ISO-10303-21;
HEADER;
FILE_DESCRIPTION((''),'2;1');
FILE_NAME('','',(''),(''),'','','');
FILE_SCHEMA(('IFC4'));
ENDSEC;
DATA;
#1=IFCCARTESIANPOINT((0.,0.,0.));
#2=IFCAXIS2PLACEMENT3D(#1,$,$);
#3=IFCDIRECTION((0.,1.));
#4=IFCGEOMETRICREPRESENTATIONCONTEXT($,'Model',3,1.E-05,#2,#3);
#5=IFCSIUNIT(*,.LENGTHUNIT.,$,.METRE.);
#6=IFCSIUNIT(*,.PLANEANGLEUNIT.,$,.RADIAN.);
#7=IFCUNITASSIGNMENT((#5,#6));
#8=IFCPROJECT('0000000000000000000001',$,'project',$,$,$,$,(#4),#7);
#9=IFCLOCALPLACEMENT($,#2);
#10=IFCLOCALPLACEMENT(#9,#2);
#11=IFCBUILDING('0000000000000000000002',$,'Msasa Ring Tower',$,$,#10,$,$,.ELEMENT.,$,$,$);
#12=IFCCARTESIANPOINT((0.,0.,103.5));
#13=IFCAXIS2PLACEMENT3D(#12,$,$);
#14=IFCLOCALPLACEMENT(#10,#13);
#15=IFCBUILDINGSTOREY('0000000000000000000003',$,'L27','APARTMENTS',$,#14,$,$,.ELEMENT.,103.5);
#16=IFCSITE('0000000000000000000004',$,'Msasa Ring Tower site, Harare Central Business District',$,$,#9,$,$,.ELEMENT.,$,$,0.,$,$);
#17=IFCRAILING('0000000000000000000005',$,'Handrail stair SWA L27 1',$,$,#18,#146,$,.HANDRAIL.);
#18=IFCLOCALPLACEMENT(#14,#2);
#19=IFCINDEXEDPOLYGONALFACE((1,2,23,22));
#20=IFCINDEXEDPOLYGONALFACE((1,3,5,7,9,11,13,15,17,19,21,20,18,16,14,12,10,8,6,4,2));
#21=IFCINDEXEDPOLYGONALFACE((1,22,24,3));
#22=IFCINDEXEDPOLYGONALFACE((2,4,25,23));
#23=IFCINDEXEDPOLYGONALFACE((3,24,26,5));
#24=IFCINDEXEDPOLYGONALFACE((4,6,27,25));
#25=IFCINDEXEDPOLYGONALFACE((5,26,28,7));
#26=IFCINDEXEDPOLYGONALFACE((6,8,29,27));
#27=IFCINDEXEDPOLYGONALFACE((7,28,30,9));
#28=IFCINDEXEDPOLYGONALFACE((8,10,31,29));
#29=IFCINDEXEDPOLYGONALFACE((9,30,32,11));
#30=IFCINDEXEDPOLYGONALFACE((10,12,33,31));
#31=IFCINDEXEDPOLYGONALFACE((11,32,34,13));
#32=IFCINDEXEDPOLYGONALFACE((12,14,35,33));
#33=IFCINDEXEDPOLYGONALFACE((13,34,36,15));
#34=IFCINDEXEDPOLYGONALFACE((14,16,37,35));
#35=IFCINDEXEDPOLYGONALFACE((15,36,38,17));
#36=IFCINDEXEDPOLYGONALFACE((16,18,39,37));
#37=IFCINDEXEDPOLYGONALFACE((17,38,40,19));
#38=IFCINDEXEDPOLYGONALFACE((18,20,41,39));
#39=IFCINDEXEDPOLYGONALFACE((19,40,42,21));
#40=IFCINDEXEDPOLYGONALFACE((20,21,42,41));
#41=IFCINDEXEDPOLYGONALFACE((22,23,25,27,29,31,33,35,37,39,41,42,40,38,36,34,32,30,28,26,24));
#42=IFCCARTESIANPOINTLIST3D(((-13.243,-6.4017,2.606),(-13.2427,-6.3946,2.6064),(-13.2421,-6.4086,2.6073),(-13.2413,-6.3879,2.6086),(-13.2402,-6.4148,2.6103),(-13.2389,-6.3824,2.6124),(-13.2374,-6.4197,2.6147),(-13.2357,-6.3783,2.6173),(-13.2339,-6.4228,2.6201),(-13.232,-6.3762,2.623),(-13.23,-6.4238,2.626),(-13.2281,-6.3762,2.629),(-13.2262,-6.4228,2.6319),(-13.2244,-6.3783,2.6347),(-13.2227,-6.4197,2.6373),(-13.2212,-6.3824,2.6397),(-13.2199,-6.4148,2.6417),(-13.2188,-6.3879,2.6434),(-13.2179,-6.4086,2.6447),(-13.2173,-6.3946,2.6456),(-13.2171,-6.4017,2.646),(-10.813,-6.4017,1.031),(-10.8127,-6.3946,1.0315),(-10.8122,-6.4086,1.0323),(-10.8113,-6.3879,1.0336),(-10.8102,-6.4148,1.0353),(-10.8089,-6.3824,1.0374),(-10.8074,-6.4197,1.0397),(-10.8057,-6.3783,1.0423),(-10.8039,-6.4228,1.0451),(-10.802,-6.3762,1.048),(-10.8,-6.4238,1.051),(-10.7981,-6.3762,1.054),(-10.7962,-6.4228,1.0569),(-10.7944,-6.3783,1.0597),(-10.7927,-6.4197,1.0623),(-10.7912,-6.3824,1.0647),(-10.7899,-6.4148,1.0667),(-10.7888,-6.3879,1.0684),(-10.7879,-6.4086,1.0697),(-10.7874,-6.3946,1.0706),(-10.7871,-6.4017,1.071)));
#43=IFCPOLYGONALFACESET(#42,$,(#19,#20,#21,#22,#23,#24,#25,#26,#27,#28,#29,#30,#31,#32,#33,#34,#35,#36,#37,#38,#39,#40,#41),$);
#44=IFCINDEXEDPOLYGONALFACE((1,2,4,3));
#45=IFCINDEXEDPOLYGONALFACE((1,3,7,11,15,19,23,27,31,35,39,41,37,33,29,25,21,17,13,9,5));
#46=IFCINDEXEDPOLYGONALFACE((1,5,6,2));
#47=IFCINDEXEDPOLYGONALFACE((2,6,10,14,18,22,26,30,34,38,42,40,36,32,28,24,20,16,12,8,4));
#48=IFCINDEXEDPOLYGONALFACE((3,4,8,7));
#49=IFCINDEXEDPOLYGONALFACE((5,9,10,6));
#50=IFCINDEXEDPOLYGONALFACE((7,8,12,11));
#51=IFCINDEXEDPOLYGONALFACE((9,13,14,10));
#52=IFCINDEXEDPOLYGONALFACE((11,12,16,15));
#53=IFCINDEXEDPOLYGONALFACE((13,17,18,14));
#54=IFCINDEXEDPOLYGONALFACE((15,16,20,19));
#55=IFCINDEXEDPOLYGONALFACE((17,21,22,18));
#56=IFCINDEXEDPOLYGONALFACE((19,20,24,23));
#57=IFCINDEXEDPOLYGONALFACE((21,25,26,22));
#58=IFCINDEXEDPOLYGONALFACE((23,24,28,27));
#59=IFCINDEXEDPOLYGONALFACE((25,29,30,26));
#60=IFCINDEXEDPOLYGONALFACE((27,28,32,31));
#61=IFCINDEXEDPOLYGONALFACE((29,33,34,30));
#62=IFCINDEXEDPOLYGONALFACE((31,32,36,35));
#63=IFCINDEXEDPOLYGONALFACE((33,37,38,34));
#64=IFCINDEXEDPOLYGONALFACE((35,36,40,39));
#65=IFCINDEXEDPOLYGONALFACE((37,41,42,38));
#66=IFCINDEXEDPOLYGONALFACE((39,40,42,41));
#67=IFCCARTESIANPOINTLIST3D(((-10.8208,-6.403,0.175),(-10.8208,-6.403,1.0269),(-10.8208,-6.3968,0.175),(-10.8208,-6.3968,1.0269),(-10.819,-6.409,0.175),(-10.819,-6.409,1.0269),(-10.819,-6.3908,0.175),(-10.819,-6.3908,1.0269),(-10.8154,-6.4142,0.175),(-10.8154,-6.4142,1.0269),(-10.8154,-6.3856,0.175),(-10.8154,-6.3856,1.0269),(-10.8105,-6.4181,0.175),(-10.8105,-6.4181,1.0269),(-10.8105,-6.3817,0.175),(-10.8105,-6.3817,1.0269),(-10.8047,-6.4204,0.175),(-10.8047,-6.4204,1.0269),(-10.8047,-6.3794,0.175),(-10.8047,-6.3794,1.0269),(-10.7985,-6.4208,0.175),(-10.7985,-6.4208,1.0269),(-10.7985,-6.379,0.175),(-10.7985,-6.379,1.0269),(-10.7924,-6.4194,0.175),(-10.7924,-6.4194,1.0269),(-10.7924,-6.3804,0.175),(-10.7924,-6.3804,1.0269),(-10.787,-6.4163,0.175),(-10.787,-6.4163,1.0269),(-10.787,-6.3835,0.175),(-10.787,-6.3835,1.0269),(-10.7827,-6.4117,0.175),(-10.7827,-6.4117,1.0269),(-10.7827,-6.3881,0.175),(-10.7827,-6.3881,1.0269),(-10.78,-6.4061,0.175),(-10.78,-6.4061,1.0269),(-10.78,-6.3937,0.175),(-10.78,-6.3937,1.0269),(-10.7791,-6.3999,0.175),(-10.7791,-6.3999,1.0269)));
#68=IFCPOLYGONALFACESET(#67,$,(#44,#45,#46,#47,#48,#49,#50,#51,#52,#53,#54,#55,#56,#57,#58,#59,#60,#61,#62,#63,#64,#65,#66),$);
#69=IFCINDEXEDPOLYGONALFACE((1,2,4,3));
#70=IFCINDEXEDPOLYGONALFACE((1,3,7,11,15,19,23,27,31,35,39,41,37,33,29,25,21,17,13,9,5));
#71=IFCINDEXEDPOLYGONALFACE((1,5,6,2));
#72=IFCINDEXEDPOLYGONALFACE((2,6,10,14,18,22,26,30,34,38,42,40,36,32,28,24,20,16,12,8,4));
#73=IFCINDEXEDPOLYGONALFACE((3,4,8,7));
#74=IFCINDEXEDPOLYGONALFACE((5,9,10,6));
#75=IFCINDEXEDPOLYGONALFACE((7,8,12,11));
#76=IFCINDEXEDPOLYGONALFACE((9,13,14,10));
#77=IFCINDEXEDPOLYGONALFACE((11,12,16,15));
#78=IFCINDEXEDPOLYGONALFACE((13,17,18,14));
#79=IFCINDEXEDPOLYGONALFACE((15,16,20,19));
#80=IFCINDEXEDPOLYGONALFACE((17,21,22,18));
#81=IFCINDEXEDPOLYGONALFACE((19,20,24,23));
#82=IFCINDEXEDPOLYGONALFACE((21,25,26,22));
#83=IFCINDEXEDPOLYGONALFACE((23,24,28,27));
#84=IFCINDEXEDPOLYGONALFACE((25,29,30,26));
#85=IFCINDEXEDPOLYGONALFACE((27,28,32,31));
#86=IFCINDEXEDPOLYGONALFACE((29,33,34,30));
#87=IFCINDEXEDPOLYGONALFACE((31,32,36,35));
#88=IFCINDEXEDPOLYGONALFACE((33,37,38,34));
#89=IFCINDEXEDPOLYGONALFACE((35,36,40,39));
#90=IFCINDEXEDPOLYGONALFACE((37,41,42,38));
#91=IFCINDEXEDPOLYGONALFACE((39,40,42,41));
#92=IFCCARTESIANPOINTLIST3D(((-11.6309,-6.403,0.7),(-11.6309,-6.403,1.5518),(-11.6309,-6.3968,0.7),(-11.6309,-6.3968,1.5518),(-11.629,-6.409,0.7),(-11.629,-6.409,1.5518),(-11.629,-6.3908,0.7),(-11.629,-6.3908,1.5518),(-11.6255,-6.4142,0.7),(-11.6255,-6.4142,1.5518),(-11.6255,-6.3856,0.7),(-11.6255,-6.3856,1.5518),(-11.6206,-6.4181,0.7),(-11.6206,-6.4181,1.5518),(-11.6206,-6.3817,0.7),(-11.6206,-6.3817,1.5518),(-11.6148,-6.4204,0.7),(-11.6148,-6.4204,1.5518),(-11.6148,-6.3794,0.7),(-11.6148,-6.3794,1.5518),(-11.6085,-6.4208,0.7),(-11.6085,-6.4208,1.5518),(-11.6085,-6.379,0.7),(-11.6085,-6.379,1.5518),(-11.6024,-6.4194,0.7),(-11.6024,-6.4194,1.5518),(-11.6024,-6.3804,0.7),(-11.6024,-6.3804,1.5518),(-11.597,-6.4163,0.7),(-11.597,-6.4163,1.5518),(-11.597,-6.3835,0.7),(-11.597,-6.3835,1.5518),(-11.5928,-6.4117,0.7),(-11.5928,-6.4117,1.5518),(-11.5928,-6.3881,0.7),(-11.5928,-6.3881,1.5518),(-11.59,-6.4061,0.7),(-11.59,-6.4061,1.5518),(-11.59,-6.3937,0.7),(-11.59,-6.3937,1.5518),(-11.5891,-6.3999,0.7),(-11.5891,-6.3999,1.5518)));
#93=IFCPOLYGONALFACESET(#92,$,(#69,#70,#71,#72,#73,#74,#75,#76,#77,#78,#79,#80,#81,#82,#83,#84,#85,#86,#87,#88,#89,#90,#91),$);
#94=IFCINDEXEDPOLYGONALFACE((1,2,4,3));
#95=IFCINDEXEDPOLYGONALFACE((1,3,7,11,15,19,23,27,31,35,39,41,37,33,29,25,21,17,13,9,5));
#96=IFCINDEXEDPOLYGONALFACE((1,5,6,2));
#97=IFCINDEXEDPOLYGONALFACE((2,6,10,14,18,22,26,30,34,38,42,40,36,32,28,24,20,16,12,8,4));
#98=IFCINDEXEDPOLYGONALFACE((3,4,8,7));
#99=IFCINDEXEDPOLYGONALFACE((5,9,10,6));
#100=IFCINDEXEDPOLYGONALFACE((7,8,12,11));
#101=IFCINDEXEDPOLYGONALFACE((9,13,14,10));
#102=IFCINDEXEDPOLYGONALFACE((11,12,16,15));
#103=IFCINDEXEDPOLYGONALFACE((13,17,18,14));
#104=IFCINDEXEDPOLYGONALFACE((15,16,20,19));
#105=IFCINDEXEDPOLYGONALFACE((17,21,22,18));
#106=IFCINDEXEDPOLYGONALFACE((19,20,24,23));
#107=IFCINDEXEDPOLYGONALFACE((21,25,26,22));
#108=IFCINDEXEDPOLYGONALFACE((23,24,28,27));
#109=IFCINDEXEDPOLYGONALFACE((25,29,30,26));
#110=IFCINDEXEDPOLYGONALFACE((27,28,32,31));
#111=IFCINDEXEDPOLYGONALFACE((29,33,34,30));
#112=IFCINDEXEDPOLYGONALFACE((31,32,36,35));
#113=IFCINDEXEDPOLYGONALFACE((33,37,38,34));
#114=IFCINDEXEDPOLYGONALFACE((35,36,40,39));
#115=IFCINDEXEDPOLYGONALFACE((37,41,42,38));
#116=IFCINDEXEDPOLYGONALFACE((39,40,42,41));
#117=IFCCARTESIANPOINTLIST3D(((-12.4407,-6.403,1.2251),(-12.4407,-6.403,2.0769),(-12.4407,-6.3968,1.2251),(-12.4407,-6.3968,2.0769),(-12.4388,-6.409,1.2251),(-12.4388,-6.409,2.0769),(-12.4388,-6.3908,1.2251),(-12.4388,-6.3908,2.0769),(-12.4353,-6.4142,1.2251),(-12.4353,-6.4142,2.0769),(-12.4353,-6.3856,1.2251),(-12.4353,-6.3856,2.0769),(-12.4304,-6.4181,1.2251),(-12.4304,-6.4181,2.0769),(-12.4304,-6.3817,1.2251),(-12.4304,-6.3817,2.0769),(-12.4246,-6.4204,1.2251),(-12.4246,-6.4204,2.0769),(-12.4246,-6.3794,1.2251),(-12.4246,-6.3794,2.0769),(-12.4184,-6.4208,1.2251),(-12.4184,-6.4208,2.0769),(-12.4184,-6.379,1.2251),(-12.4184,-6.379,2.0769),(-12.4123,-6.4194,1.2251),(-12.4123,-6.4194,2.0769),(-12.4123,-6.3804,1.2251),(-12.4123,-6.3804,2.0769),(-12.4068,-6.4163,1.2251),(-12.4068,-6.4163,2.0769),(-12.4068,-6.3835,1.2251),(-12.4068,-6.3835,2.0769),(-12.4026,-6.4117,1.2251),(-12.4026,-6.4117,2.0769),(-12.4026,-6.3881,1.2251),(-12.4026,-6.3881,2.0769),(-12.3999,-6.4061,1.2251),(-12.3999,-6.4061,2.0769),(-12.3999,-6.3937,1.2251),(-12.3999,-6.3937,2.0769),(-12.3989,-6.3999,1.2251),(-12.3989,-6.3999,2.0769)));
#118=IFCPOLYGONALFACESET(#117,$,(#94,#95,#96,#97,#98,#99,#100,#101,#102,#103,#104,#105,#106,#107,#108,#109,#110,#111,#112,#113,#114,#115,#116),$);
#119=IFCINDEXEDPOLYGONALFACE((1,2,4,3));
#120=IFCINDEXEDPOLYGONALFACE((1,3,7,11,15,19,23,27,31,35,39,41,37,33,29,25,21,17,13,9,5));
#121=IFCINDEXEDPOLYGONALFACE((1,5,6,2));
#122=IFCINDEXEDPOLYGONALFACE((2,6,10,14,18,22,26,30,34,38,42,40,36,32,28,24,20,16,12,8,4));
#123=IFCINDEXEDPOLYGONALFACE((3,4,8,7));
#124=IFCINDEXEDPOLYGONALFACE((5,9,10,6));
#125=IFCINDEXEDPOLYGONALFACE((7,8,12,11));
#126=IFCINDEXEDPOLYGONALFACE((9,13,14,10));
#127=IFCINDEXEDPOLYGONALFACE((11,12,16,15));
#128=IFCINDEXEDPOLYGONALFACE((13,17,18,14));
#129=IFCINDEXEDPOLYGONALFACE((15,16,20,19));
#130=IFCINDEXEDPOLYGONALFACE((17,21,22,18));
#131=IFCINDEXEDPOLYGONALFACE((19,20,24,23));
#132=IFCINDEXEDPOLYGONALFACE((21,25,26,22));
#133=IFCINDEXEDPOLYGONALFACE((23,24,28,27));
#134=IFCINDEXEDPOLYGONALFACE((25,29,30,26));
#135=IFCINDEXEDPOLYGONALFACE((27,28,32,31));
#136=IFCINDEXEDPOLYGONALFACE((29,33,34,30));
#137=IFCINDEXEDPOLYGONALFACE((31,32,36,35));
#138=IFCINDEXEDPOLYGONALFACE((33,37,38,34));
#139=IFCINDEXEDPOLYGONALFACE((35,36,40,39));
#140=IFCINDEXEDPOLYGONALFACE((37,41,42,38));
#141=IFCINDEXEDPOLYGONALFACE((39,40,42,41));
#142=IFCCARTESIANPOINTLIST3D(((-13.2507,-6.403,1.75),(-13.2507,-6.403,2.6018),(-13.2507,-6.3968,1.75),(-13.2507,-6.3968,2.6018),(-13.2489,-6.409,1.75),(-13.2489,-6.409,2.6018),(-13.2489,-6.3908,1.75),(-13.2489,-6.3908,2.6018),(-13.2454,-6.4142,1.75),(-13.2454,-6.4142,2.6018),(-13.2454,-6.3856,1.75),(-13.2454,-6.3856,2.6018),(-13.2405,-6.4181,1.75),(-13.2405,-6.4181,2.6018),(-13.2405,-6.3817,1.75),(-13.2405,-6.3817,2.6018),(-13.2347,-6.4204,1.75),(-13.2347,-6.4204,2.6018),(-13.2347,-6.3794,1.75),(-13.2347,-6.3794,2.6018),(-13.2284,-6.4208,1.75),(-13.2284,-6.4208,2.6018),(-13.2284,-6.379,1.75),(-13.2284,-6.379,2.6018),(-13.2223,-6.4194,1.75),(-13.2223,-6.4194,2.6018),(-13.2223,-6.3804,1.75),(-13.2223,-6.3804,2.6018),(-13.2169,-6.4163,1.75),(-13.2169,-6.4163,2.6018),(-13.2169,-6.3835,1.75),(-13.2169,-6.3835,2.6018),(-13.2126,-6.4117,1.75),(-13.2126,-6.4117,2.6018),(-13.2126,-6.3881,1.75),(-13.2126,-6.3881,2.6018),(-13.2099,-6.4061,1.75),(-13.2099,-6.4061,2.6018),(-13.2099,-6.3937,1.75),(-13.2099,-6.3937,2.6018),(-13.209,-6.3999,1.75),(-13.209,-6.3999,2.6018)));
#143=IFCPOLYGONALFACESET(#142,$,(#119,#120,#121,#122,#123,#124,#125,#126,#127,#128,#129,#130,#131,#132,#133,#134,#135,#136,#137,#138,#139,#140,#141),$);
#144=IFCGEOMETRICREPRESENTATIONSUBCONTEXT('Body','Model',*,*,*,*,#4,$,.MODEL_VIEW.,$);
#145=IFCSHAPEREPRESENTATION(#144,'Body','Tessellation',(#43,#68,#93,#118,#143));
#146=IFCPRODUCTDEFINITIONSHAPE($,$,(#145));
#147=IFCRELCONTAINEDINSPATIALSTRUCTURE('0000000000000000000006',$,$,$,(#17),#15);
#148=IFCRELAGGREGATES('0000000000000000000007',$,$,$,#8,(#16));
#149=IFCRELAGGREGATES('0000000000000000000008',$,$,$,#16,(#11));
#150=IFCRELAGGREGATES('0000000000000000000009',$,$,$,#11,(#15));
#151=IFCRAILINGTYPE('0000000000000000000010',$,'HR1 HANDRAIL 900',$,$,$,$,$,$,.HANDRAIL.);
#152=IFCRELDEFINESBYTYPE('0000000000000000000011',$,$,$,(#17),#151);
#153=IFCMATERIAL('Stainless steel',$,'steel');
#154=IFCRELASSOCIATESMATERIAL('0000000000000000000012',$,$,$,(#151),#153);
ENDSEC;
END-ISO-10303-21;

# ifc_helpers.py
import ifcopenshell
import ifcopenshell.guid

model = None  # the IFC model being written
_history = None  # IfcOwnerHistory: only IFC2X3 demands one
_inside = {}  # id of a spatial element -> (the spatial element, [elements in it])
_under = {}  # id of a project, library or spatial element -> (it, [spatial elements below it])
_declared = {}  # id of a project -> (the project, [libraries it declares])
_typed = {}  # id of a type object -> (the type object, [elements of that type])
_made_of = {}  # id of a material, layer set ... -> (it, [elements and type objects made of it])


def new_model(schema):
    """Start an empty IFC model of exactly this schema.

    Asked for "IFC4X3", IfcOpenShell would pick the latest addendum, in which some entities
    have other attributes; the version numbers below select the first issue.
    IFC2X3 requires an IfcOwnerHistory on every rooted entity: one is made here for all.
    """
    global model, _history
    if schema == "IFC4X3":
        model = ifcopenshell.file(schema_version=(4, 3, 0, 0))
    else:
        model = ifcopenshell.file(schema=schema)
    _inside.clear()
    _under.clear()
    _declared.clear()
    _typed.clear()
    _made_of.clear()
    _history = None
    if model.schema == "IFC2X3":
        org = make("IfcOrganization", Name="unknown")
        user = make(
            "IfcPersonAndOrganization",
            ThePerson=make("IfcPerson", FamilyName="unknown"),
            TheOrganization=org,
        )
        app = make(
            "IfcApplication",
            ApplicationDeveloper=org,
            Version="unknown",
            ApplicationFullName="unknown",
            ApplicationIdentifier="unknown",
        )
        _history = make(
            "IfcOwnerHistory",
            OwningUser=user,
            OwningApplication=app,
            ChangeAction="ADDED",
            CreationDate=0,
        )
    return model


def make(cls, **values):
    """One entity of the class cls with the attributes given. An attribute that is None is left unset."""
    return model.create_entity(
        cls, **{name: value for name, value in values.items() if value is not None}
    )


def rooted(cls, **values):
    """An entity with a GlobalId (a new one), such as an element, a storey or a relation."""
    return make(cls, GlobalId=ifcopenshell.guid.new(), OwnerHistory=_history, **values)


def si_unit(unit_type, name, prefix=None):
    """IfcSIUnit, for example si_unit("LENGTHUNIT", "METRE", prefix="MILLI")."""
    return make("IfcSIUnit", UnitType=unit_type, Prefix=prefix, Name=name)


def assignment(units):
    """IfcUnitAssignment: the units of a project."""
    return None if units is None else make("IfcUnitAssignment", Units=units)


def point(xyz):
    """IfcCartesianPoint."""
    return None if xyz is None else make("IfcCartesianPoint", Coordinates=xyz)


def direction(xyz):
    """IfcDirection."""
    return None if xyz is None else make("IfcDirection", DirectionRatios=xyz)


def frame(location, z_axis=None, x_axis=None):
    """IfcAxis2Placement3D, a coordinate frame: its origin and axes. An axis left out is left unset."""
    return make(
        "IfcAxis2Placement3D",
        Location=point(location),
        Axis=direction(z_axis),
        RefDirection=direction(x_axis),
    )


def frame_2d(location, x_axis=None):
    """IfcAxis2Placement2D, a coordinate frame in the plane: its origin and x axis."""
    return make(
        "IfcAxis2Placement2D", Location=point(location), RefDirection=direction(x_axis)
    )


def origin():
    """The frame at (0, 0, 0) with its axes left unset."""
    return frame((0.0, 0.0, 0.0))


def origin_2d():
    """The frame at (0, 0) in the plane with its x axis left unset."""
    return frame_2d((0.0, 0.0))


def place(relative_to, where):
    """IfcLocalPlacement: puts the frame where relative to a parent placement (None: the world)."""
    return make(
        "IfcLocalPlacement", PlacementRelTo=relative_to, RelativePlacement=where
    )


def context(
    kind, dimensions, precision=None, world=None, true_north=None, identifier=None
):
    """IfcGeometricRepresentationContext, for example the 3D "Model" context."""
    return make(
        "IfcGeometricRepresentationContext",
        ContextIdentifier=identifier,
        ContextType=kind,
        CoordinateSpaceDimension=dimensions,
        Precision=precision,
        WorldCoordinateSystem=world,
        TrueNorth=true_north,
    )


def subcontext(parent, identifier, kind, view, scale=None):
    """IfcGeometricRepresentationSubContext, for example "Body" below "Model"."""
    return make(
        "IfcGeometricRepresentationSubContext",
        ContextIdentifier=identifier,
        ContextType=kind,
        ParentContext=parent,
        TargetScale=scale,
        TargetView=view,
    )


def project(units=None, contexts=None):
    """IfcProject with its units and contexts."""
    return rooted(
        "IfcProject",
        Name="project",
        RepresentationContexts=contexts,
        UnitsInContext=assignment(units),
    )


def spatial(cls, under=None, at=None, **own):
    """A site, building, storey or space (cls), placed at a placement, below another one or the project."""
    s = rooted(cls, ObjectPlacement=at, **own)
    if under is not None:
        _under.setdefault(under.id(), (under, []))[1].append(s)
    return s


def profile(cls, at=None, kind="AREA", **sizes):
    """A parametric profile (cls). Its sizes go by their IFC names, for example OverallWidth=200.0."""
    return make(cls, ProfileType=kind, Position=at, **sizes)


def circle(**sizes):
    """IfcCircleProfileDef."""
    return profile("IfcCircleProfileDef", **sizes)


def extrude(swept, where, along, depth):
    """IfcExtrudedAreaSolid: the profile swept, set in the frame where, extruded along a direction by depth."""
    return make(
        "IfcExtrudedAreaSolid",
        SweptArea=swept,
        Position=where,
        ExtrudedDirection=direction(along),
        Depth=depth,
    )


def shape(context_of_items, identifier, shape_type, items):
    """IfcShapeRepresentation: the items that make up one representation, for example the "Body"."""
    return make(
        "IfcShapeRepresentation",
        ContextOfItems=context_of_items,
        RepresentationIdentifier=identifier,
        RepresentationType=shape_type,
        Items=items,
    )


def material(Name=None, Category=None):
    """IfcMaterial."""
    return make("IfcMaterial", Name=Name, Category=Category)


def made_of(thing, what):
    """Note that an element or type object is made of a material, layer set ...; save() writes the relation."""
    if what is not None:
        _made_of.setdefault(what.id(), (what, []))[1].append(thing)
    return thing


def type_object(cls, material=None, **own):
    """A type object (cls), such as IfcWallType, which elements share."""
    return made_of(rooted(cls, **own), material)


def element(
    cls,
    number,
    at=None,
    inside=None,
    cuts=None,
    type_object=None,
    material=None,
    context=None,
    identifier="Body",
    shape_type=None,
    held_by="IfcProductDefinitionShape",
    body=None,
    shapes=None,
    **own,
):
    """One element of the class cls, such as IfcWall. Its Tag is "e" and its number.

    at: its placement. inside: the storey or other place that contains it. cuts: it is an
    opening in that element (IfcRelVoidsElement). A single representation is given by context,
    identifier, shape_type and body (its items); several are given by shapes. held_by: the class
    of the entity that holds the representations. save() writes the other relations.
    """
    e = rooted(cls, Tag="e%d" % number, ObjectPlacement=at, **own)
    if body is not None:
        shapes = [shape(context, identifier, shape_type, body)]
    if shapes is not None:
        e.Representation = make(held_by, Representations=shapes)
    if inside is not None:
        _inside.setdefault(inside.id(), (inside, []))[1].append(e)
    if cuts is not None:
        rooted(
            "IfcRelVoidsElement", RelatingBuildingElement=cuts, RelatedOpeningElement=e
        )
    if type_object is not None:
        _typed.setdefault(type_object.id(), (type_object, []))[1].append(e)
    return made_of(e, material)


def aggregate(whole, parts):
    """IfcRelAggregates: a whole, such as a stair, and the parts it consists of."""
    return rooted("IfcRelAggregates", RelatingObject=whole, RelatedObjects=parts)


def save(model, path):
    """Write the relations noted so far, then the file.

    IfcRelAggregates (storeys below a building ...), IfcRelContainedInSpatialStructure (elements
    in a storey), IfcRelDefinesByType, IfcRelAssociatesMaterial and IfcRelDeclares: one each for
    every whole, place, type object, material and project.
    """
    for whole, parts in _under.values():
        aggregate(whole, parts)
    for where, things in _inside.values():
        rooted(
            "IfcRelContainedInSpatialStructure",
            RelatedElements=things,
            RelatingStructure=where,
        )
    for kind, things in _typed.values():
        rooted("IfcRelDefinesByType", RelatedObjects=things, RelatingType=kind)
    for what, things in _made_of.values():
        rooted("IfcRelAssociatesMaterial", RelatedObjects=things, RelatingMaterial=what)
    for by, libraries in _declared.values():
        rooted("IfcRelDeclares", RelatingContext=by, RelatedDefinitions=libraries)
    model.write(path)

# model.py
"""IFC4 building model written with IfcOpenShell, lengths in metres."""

from ifc_helpers import new_model, si_unit, direction, frame, origin, origin_2d, place, context, subcontext, project, spatial, circle, extrude, material, type_object, element, save


model = new_model("IFC4")

# Units and contexts
model_context = context("Model", 3, precision=1e-05, world=origin(), true_north=direction((0.0, 1.0)))
body_context = subcontext(model_context, "Body", "Model", "MODEL_VIEW")
ifc_project = project(units=[si_unit("LENGTHUNIT", "METRE"), si_unit("PLANEANGLEUNIT", "RADIAN")], contexts=[model_context])

# Site, building, storey
site_placement = place(None, origin())
site = spatial("IfcSite", under=ifc_project, at=site_placement, Name="Msasa Ring Tower site, Harare Central Business District", CompositionType="ELEMENT", RefElevation=0.0)
building_placement = place(site_placement, origin())
building = spatial("IfcBuilding", under=site, at=building_placement, Name="Msasa Ring Tower", CompositionType="ELEMENT")
storey_placement = place(building_placement, frame((0.0, 0.0, 103.5)))
storey = spatial("IfcBuildingStorey", under=building, at=storey_placement, Name="L27", Description="APARTMENTS", CompositionType="ELEMENT", Elevation=103.5)

# Railing
ifc_material_1 = material(Name="Stainless steel", Category="steel")
railing_type = type_object("IfcRailingType", Name="HR1 HANDRAIL 900", PredefinedType="HANDRAIL", material=ifc_material_1)
for number, where, name in (
    (1, (-10.8, -6.3999, 0.175), "Handrail stair SWA L27 1"),
):
    element("IfcRailing", number, at=place(storey_placement, frame(where)), inside=storey, type_object=railing_type, Name=name, PredefinedType="HANDRAIL", context=body_context, shape_type="SweptSolid", body=[
        extrude(circle(Radius=0.0239, at=origin_2d()), frame((0.0, 0.0, 0.876), z_axis=(-0.839154, 0.0, 0.543894), x_axis=(0.0, -1.0, 0.0)), (0.0, 0.0, 1.0), 2.8958),
        extrude(circle(Radius=0.021, at=origin_2d()), origin(), (0.0, 0.0, 1.0), 0.8518),
        extrude(circle(Radius=0.021, at=origin_2d()), frame((-0.8101, 0.0, 0.5249)), (0.0, 0.0, 1.0), 0.8518),
        extrude(circle(Radius=0.021, at=origin_2d()), frame((-1.6199, 0.0, 1.05)), (0.0, 0.0, 1.0), 0.8518),
        extrude(circle(Radius=0.021, at=origin_2d()), frame((-2.4299, 0.0, 1.575)), (0.0, 0.0, 1.0), 0.8518),
    ])

save(model, "model.ifc")
